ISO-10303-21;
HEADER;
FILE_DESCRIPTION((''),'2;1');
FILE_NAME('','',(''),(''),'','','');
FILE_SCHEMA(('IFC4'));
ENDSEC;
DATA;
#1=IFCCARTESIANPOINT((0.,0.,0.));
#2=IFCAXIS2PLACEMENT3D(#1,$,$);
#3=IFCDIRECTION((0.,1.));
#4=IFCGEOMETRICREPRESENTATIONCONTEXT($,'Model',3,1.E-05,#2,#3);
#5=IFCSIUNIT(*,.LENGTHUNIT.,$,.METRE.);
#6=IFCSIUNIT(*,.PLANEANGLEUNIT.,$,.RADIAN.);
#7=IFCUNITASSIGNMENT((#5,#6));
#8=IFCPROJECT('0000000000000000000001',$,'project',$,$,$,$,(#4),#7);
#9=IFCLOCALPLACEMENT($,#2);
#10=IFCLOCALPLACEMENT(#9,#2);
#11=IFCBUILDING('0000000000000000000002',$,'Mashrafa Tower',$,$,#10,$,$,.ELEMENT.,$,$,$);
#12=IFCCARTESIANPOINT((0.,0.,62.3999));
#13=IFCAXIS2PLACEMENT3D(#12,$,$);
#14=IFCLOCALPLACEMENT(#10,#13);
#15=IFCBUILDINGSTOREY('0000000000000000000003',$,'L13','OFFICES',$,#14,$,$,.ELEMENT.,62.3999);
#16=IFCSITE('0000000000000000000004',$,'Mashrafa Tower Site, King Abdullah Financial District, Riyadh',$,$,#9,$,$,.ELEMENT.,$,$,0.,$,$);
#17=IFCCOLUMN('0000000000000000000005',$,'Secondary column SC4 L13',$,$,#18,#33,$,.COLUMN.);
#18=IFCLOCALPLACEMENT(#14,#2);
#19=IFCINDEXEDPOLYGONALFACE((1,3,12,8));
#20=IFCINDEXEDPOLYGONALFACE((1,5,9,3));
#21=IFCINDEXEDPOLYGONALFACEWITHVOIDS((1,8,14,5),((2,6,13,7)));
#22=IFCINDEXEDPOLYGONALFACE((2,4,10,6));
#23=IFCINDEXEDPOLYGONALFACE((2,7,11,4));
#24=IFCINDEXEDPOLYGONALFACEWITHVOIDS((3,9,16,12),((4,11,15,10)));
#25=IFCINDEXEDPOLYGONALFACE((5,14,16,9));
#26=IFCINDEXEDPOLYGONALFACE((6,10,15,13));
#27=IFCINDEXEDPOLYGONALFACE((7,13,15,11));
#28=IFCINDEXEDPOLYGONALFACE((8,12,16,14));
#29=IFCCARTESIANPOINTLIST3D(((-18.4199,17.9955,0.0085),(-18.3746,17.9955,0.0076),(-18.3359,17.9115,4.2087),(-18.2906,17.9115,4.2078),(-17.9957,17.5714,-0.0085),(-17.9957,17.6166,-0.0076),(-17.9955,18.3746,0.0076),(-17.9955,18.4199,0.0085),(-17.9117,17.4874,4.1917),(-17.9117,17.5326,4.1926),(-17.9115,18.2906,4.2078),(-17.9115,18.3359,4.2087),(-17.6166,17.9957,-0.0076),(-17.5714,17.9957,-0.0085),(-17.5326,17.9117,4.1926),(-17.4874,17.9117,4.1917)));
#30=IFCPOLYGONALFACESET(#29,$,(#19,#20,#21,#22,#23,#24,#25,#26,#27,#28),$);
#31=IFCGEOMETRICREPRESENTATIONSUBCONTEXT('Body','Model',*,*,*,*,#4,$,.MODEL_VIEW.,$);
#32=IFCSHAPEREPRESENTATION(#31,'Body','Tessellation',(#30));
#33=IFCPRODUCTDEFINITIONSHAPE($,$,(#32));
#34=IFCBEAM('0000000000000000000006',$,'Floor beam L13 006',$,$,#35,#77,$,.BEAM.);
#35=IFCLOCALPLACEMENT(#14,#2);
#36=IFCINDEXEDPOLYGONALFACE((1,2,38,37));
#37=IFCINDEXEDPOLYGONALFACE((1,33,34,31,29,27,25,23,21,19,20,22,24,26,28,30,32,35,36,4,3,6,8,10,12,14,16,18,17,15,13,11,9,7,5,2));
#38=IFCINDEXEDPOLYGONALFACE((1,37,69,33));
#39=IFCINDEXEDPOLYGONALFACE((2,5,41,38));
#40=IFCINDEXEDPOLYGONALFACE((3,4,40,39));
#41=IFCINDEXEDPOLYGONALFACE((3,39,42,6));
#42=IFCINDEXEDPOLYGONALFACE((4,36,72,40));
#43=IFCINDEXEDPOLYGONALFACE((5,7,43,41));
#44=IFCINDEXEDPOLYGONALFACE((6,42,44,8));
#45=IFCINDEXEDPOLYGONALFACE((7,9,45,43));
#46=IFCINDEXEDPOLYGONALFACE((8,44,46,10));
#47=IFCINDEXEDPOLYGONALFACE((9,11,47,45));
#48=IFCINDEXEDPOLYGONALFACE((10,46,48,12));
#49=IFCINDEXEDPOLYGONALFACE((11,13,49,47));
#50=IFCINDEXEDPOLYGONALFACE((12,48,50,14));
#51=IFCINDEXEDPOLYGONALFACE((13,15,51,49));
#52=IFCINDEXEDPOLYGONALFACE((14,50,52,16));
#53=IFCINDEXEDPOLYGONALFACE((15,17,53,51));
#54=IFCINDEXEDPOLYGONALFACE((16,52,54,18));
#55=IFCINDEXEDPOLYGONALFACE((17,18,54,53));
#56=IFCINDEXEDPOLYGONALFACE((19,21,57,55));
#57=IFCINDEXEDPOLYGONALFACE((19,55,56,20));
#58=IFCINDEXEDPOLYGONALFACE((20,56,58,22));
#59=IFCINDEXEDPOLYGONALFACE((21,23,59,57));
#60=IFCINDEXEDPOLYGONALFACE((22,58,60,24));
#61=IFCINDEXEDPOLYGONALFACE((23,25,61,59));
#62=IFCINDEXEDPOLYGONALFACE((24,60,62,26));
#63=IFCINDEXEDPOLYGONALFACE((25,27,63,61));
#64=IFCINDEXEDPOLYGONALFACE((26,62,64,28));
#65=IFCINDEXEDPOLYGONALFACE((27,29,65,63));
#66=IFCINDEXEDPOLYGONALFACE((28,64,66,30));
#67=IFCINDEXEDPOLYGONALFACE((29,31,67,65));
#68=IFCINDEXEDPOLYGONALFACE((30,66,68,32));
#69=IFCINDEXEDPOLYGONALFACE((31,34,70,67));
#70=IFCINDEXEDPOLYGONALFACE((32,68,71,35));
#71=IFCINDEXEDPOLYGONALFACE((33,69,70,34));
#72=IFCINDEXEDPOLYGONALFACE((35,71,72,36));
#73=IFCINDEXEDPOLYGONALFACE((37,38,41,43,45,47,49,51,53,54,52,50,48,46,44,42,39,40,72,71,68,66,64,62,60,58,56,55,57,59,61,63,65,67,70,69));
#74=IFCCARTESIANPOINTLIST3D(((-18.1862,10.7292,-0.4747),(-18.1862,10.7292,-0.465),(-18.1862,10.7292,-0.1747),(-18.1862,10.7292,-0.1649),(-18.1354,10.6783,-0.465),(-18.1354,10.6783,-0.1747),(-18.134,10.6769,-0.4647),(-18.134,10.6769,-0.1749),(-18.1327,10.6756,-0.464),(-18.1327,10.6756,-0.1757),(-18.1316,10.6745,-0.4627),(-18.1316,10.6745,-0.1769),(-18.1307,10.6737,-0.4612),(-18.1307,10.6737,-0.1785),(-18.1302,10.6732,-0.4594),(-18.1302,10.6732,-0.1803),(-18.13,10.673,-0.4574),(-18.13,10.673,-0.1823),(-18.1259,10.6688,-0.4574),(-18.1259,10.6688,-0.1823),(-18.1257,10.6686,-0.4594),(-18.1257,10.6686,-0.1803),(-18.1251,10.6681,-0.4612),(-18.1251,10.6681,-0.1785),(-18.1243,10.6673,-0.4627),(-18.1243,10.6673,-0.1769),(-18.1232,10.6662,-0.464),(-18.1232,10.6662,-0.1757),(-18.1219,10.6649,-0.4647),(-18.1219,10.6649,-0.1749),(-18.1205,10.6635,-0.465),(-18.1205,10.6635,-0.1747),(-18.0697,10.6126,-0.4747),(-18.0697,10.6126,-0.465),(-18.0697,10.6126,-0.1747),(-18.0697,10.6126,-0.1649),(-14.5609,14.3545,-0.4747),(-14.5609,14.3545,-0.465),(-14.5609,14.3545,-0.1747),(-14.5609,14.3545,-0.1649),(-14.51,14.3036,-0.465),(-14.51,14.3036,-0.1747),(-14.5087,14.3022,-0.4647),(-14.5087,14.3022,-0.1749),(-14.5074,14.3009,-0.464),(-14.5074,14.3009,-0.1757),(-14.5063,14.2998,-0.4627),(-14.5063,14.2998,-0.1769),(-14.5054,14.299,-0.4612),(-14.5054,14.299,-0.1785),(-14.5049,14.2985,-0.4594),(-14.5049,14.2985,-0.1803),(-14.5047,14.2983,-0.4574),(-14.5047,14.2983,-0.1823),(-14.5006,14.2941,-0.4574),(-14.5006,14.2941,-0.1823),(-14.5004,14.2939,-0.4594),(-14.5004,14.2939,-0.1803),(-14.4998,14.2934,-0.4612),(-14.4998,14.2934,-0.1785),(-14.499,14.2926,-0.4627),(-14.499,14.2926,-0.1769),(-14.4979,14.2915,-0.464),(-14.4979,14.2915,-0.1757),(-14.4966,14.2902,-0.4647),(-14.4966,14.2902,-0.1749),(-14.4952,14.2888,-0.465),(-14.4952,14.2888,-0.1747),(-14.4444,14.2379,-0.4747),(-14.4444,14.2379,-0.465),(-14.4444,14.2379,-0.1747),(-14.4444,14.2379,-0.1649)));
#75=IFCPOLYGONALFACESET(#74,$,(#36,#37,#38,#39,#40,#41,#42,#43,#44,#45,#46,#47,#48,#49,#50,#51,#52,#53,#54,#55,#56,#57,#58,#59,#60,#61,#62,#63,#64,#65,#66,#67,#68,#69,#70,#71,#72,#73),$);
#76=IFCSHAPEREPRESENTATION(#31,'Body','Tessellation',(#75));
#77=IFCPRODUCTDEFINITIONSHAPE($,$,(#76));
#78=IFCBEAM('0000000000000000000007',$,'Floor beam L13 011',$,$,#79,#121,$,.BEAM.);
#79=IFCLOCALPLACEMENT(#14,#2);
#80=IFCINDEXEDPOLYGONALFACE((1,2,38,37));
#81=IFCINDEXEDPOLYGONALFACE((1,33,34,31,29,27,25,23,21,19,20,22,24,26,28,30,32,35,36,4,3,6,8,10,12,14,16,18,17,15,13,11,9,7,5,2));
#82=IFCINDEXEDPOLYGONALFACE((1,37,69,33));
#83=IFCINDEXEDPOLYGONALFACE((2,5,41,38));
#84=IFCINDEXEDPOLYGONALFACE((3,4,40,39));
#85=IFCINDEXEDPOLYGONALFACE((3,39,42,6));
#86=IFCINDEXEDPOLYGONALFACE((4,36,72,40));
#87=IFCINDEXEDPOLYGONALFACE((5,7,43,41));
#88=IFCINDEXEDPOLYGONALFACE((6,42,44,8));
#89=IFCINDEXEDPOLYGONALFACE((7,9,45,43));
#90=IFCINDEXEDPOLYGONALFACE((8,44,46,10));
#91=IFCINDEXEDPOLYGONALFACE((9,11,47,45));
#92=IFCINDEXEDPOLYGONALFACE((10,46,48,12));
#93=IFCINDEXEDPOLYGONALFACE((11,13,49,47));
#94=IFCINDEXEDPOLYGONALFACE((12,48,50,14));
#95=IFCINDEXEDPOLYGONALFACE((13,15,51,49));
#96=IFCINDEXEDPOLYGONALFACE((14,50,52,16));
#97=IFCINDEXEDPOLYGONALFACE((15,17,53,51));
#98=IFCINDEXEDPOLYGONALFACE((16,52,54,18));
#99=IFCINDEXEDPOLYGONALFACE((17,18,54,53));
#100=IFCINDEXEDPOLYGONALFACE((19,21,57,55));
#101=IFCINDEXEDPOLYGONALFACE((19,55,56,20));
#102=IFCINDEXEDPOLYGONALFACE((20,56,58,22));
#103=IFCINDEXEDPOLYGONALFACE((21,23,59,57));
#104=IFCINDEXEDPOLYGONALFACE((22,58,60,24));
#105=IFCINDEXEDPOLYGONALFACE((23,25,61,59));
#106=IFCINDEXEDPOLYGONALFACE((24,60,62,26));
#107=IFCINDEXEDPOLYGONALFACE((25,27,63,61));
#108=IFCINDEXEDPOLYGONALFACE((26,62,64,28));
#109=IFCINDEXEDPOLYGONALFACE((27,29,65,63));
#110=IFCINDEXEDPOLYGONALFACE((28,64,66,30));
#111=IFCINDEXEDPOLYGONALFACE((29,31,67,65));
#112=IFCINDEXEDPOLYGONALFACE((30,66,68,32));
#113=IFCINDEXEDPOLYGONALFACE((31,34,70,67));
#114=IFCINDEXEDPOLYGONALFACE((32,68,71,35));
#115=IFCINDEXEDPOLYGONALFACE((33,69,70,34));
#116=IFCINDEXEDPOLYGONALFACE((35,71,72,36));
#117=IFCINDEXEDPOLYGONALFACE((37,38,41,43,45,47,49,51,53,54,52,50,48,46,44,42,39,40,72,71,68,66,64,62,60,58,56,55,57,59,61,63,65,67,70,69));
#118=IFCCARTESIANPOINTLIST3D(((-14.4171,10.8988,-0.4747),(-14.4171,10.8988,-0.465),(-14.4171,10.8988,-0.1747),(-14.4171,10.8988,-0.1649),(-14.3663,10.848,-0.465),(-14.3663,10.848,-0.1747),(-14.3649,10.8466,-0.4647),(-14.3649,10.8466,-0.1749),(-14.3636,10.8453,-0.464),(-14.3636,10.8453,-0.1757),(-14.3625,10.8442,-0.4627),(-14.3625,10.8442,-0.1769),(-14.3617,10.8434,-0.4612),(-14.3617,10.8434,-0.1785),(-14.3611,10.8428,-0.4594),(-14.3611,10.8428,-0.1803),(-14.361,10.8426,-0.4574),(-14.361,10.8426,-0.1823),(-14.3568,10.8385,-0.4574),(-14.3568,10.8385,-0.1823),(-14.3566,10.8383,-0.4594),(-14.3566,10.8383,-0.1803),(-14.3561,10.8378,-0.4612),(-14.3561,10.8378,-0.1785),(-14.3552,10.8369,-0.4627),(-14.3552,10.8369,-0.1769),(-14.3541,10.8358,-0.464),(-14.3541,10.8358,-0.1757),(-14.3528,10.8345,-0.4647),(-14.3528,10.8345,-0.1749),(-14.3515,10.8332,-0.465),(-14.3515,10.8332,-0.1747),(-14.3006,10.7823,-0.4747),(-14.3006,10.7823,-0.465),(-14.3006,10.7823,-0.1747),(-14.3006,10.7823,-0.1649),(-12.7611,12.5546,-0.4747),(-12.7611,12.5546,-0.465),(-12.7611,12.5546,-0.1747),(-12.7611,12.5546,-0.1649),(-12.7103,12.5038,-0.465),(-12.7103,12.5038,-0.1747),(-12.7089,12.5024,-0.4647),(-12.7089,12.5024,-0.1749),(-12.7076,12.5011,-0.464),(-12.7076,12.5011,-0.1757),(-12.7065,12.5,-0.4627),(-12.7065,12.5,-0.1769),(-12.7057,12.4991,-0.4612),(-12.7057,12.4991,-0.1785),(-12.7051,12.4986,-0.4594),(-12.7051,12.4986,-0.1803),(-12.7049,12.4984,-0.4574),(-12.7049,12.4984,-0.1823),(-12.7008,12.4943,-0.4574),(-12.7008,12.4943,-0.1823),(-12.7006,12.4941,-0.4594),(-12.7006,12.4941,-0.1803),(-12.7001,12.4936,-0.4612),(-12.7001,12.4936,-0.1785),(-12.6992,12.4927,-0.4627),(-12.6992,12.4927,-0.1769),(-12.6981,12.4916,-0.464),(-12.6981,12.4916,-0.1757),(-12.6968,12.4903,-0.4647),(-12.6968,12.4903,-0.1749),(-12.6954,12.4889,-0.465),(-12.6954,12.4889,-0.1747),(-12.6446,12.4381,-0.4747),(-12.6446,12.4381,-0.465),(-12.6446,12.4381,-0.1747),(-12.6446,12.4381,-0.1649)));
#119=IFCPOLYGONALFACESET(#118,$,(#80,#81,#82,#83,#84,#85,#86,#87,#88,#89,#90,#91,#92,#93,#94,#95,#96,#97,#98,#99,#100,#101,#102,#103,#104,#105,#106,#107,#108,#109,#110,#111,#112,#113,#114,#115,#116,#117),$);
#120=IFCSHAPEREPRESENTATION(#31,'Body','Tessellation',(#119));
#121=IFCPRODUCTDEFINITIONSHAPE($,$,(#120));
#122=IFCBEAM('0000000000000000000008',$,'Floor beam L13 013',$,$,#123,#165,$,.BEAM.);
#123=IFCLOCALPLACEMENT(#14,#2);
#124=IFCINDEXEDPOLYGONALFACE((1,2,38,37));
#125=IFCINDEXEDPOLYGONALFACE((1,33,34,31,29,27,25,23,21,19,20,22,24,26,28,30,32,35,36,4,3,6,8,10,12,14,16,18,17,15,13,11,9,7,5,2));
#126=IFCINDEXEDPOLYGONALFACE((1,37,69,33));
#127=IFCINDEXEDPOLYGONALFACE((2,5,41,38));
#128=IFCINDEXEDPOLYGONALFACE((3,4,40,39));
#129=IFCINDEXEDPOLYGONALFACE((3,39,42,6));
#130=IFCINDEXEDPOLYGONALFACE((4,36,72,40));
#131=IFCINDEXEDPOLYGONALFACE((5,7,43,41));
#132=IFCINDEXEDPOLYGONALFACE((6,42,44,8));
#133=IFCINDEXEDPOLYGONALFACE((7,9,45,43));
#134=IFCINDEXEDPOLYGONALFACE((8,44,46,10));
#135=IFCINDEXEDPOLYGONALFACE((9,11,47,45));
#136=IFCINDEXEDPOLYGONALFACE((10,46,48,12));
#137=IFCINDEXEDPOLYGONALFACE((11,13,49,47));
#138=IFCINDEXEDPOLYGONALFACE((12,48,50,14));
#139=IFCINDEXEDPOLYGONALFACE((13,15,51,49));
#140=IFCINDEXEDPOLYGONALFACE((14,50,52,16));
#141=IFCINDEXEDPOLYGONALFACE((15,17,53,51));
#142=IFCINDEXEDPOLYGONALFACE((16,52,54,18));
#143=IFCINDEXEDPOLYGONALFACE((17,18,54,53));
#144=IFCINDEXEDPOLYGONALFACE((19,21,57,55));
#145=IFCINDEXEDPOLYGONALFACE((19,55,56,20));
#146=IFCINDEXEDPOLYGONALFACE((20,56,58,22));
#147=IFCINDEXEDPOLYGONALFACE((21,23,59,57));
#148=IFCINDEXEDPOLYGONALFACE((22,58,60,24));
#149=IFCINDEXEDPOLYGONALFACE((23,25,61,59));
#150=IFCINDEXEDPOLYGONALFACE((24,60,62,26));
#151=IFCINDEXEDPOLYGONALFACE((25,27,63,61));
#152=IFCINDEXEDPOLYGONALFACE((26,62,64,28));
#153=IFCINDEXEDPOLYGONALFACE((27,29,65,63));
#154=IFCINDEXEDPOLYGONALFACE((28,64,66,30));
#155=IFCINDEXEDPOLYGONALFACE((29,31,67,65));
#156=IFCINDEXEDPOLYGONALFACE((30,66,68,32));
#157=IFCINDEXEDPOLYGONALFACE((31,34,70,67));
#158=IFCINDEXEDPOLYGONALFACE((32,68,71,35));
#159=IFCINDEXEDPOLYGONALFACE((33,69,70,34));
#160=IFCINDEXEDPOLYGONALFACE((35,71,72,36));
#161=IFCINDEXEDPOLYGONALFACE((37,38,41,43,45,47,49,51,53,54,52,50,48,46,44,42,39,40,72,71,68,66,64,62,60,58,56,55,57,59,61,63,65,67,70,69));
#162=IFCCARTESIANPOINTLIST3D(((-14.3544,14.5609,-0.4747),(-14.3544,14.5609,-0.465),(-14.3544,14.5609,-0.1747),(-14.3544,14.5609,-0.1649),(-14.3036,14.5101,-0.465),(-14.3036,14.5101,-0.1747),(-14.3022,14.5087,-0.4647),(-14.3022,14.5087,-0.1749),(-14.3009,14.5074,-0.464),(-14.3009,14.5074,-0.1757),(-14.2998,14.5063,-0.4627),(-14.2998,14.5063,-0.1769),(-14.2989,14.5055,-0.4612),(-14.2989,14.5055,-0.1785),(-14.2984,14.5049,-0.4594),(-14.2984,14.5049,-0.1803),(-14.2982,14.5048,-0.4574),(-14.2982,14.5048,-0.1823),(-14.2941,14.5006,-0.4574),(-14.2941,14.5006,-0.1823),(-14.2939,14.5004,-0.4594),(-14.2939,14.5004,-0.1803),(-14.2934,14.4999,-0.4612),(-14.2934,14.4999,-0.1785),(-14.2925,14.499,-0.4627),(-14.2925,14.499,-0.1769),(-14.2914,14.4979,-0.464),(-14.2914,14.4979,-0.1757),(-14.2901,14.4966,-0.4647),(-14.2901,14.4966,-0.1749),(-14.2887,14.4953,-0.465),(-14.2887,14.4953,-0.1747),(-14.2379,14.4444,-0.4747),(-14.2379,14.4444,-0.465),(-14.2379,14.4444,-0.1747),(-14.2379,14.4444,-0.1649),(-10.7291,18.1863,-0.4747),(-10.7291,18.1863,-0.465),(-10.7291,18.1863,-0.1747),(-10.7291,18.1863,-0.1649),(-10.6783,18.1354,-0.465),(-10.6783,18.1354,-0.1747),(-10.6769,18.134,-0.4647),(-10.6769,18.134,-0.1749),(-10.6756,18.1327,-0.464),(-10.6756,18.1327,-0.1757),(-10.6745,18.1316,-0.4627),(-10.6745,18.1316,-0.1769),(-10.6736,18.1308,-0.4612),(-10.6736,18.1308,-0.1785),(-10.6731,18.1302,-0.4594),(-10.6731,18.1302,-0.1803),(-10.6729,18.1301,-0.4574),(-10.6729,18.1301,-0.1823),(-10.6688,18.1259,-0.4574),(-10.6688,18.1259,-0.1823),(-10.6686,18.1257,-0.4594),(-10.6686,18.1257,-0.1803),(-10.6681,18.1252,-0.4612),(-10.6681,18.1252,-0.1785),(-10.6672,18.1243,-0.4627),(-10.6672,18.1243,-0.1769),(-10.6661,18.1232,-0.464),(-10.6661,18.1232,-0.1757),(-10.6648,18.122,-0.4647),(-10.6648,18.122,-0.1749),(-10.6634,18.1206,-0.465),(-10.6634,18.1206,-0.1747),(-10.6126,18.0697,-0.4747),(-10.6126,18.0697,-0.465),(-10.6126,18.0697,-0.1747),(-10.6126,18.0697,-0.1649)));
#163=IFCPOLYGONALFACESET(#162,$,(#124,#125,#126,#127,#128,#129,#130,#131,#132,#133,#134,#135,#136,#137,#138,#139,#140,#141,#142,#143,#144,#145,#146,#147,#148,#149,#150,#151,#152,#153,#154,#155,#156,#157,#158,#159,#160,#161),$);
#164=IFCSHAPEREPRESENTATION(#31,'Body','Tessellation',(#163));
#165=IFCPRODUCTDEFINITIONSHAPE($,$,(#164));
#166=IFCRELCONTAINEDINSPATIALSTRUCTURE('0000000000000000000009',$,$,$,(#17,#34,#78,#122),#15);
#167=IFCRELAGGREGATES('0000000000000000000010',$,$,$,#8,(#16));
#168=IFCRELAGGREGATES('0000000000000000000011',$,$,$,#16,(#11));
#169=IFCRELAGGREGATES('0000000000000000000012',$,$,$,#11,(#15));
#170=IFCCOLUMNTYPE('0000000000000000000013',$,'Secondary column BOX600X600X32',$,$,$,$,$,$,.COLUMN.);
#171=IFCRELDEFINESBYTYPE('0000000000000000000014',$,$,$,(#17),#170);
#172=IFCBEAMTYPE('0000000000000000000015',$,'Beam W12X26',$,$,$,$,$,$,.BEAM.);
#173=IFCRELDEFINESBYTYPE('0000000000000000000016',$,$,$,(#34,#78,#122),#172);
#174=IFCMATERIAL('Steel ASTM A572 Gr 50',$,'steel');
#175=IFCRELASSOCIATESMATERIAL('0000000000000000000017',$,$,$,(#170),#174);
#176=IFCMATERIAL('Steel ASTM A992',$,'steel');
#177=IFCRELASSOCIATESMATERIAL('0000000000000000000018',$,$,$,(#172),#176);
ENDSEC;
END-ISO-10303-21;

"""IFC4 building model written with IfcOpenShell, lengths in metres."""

from ifc_helpers import new_model, si_unit, direction, frame, origin, origin_2d, place, context, subcontext, project, spatial, hollow_rectangle, i_section, extrude, material, material_profile, profile_set, type_object, element, save


model = new_model("IFC4")

# Units and contexts
model_context = context("Model", 3, precision=1e-05, world=origin(), true_north=direction((0.0, 1.0)))
body_context = subcontext(model_context, "Body", "Model", "MODEL_VIEW")
ifc_project = project(units=[si_unit("LENGTHUNIT", "METRE"), si_unit("PLANEANGLEUNIT", "RADIAN")], contexts=[model_context])

# Site, building, storey
site_placement = place(None, origin())
site = spatial("IfcSite", under=ifc_project, at=site_placement, Name="Mashrafa Tower Site, King Abdullah Financial District, Riyadh", CompositionType="ELEMENT", RefElevation=0.0)
building_placement = place(site_placement, origin())
building = spatial("IfcBuilding", under=site, at=building_placement, Name="Mashrafa Tower", CompositionType="ELEMENT")
storey_placement = place(building_placement, frame((0.0, 0.0, 62.3999)))
storey = spatial("IfcBuildingStorey", under=building, at=storey_placement, Name="L13", Description="OFFICES", CompositionType="ELEMENT", Elevation=62.3999)

# Column
ifc_material_1 = material(Name="Steel ASTM A572 Gr 50", Category="steel")
ifc_material_profile_1 = material_profile(ifc_material_1, hollow_rectangle(XDim=0.6001, YDim=0.6001, WallThickness=0.032, at=origin_2d()), Name="BOX600X600X32")
ifc_profile_set_1 = profile_set([ifc_material_profile_1], Name="Steel ASTM A572 Gr 50")
column_type = type_object("IfcColumnType", Name="Secondary column BOX600X600X32", PredefinedType="COLUMN", material=ifc_profile_set_1)
column_placement = place(storey_placement, frame((-17.9956, 17.9956, 0.0), z_axis=(0.019987, -0.019987, 0.9996), x_axis=(0.707107, 0.707107, 0.0)))
element("IfcColumn", 1, at=column_placement, inside=storey, type_object=column_type, Name="Secondary column SC4 L13", PredefinedType="COLUMN", context=body_context, shape_type="SweptSolid", body=[
    extrude(hollow_rectangle(XDim=0.6001, YDim=0.6001, WallThickness=0.032, at=origin_2d()), origin(), (0.0, 0.0, 1.0), 4.2019),
])

# Beams
ifc_material_2 = material(Name="Steel ASTM A992", Category="steel")
ifc_material_profile_2 = material_profile(ifc_material_2, i_section(OverallWidth=0.1648, OverallDepth=0.3098, WebThickness=0.0059, FlangeThickness=0.0098, FilletRadius=0.0076, at=origin_2d()), Name="W12X26")
ifc_profile_set_2 = profile_set([ifc_material_profile_2], Name="Steel ASTM A992")
beam_type_1 = type_object("IfcBeamType", Name="Beam W12X26", PredefinedType="BEAM", material=ifc_profile_set_2)
beam_1_placement = place(storey_placement, frame((-18.1279, 10.6709, -0.3198), z_axis=(0.707107, 0.707107, 0.0), x_axis=(-0.707107, 0.707107, 0.0)))
element("IfcBeam", 2, at=beam_1_placement, inside=storey, type_object=beam_type_1, Name="Floor beam L13 006", PredefinedType="BEAM", context=body_context, shape_type="SweptSolid", body=[
    extrude(i_section(OverallWidth=0.1648, OverallDepth=0.3098, WebThickness=0.0059, FlangeThickness=0.0098, FilletRadius=0.0076, at=origin_2d()), origin(), (0.0, 0.0, 1.0), 5.127),
])
beam_2_placement = place(storey_placement, frame((-14.3589, 10.8406, -0.3198), z_axis=(0.707159, 0.707055, 0.0), x_axis=(-0.707055, 0.707159, 0.0)))
element("IfcBeam", 3, at=beam_2_placement, inside=storey, type_object=beam_type_1, Name="Floor beam L13 011", PredefinedType="BEAM", context=body_context, shape_type="SweptSolid", body=[
    extrude(i_section(OverallWidth=0.1648, OverallDepth=0.3098, WebThickness=0.0059, FlangeThickness=0.0098, FilletRadius=0.0076, at=origin_2d()), origin(), (0.0, 0.0, 1.0), 2.3418),
])
beam_3_placement = place(storey_placement, frame((-14.2961, 14.5027, -0.3198), z_axis=(0.707107, 0.707107, 0.0), x_axis=(-0.707107, 0.707107, 0.0)))
element("IfcBeam", 4, at=beam_3_placement, inside=storey, type_object=beam_type_1, Name="Floor beam L13 013", PredefinedType="BEAM", context=body_context, shape_type="SweptSolid", body=[
    extrude(i_section(OverallWidth=0.1648, OverallDepth=0.3098, WebThickness=0.0059, FlangeThickness=0.0098, FilletRadius=0.0076, at=origin_2d()), origin(), (0.0, 0.0, 1.0), 5.127),
])

save(model, "model.ifc")
